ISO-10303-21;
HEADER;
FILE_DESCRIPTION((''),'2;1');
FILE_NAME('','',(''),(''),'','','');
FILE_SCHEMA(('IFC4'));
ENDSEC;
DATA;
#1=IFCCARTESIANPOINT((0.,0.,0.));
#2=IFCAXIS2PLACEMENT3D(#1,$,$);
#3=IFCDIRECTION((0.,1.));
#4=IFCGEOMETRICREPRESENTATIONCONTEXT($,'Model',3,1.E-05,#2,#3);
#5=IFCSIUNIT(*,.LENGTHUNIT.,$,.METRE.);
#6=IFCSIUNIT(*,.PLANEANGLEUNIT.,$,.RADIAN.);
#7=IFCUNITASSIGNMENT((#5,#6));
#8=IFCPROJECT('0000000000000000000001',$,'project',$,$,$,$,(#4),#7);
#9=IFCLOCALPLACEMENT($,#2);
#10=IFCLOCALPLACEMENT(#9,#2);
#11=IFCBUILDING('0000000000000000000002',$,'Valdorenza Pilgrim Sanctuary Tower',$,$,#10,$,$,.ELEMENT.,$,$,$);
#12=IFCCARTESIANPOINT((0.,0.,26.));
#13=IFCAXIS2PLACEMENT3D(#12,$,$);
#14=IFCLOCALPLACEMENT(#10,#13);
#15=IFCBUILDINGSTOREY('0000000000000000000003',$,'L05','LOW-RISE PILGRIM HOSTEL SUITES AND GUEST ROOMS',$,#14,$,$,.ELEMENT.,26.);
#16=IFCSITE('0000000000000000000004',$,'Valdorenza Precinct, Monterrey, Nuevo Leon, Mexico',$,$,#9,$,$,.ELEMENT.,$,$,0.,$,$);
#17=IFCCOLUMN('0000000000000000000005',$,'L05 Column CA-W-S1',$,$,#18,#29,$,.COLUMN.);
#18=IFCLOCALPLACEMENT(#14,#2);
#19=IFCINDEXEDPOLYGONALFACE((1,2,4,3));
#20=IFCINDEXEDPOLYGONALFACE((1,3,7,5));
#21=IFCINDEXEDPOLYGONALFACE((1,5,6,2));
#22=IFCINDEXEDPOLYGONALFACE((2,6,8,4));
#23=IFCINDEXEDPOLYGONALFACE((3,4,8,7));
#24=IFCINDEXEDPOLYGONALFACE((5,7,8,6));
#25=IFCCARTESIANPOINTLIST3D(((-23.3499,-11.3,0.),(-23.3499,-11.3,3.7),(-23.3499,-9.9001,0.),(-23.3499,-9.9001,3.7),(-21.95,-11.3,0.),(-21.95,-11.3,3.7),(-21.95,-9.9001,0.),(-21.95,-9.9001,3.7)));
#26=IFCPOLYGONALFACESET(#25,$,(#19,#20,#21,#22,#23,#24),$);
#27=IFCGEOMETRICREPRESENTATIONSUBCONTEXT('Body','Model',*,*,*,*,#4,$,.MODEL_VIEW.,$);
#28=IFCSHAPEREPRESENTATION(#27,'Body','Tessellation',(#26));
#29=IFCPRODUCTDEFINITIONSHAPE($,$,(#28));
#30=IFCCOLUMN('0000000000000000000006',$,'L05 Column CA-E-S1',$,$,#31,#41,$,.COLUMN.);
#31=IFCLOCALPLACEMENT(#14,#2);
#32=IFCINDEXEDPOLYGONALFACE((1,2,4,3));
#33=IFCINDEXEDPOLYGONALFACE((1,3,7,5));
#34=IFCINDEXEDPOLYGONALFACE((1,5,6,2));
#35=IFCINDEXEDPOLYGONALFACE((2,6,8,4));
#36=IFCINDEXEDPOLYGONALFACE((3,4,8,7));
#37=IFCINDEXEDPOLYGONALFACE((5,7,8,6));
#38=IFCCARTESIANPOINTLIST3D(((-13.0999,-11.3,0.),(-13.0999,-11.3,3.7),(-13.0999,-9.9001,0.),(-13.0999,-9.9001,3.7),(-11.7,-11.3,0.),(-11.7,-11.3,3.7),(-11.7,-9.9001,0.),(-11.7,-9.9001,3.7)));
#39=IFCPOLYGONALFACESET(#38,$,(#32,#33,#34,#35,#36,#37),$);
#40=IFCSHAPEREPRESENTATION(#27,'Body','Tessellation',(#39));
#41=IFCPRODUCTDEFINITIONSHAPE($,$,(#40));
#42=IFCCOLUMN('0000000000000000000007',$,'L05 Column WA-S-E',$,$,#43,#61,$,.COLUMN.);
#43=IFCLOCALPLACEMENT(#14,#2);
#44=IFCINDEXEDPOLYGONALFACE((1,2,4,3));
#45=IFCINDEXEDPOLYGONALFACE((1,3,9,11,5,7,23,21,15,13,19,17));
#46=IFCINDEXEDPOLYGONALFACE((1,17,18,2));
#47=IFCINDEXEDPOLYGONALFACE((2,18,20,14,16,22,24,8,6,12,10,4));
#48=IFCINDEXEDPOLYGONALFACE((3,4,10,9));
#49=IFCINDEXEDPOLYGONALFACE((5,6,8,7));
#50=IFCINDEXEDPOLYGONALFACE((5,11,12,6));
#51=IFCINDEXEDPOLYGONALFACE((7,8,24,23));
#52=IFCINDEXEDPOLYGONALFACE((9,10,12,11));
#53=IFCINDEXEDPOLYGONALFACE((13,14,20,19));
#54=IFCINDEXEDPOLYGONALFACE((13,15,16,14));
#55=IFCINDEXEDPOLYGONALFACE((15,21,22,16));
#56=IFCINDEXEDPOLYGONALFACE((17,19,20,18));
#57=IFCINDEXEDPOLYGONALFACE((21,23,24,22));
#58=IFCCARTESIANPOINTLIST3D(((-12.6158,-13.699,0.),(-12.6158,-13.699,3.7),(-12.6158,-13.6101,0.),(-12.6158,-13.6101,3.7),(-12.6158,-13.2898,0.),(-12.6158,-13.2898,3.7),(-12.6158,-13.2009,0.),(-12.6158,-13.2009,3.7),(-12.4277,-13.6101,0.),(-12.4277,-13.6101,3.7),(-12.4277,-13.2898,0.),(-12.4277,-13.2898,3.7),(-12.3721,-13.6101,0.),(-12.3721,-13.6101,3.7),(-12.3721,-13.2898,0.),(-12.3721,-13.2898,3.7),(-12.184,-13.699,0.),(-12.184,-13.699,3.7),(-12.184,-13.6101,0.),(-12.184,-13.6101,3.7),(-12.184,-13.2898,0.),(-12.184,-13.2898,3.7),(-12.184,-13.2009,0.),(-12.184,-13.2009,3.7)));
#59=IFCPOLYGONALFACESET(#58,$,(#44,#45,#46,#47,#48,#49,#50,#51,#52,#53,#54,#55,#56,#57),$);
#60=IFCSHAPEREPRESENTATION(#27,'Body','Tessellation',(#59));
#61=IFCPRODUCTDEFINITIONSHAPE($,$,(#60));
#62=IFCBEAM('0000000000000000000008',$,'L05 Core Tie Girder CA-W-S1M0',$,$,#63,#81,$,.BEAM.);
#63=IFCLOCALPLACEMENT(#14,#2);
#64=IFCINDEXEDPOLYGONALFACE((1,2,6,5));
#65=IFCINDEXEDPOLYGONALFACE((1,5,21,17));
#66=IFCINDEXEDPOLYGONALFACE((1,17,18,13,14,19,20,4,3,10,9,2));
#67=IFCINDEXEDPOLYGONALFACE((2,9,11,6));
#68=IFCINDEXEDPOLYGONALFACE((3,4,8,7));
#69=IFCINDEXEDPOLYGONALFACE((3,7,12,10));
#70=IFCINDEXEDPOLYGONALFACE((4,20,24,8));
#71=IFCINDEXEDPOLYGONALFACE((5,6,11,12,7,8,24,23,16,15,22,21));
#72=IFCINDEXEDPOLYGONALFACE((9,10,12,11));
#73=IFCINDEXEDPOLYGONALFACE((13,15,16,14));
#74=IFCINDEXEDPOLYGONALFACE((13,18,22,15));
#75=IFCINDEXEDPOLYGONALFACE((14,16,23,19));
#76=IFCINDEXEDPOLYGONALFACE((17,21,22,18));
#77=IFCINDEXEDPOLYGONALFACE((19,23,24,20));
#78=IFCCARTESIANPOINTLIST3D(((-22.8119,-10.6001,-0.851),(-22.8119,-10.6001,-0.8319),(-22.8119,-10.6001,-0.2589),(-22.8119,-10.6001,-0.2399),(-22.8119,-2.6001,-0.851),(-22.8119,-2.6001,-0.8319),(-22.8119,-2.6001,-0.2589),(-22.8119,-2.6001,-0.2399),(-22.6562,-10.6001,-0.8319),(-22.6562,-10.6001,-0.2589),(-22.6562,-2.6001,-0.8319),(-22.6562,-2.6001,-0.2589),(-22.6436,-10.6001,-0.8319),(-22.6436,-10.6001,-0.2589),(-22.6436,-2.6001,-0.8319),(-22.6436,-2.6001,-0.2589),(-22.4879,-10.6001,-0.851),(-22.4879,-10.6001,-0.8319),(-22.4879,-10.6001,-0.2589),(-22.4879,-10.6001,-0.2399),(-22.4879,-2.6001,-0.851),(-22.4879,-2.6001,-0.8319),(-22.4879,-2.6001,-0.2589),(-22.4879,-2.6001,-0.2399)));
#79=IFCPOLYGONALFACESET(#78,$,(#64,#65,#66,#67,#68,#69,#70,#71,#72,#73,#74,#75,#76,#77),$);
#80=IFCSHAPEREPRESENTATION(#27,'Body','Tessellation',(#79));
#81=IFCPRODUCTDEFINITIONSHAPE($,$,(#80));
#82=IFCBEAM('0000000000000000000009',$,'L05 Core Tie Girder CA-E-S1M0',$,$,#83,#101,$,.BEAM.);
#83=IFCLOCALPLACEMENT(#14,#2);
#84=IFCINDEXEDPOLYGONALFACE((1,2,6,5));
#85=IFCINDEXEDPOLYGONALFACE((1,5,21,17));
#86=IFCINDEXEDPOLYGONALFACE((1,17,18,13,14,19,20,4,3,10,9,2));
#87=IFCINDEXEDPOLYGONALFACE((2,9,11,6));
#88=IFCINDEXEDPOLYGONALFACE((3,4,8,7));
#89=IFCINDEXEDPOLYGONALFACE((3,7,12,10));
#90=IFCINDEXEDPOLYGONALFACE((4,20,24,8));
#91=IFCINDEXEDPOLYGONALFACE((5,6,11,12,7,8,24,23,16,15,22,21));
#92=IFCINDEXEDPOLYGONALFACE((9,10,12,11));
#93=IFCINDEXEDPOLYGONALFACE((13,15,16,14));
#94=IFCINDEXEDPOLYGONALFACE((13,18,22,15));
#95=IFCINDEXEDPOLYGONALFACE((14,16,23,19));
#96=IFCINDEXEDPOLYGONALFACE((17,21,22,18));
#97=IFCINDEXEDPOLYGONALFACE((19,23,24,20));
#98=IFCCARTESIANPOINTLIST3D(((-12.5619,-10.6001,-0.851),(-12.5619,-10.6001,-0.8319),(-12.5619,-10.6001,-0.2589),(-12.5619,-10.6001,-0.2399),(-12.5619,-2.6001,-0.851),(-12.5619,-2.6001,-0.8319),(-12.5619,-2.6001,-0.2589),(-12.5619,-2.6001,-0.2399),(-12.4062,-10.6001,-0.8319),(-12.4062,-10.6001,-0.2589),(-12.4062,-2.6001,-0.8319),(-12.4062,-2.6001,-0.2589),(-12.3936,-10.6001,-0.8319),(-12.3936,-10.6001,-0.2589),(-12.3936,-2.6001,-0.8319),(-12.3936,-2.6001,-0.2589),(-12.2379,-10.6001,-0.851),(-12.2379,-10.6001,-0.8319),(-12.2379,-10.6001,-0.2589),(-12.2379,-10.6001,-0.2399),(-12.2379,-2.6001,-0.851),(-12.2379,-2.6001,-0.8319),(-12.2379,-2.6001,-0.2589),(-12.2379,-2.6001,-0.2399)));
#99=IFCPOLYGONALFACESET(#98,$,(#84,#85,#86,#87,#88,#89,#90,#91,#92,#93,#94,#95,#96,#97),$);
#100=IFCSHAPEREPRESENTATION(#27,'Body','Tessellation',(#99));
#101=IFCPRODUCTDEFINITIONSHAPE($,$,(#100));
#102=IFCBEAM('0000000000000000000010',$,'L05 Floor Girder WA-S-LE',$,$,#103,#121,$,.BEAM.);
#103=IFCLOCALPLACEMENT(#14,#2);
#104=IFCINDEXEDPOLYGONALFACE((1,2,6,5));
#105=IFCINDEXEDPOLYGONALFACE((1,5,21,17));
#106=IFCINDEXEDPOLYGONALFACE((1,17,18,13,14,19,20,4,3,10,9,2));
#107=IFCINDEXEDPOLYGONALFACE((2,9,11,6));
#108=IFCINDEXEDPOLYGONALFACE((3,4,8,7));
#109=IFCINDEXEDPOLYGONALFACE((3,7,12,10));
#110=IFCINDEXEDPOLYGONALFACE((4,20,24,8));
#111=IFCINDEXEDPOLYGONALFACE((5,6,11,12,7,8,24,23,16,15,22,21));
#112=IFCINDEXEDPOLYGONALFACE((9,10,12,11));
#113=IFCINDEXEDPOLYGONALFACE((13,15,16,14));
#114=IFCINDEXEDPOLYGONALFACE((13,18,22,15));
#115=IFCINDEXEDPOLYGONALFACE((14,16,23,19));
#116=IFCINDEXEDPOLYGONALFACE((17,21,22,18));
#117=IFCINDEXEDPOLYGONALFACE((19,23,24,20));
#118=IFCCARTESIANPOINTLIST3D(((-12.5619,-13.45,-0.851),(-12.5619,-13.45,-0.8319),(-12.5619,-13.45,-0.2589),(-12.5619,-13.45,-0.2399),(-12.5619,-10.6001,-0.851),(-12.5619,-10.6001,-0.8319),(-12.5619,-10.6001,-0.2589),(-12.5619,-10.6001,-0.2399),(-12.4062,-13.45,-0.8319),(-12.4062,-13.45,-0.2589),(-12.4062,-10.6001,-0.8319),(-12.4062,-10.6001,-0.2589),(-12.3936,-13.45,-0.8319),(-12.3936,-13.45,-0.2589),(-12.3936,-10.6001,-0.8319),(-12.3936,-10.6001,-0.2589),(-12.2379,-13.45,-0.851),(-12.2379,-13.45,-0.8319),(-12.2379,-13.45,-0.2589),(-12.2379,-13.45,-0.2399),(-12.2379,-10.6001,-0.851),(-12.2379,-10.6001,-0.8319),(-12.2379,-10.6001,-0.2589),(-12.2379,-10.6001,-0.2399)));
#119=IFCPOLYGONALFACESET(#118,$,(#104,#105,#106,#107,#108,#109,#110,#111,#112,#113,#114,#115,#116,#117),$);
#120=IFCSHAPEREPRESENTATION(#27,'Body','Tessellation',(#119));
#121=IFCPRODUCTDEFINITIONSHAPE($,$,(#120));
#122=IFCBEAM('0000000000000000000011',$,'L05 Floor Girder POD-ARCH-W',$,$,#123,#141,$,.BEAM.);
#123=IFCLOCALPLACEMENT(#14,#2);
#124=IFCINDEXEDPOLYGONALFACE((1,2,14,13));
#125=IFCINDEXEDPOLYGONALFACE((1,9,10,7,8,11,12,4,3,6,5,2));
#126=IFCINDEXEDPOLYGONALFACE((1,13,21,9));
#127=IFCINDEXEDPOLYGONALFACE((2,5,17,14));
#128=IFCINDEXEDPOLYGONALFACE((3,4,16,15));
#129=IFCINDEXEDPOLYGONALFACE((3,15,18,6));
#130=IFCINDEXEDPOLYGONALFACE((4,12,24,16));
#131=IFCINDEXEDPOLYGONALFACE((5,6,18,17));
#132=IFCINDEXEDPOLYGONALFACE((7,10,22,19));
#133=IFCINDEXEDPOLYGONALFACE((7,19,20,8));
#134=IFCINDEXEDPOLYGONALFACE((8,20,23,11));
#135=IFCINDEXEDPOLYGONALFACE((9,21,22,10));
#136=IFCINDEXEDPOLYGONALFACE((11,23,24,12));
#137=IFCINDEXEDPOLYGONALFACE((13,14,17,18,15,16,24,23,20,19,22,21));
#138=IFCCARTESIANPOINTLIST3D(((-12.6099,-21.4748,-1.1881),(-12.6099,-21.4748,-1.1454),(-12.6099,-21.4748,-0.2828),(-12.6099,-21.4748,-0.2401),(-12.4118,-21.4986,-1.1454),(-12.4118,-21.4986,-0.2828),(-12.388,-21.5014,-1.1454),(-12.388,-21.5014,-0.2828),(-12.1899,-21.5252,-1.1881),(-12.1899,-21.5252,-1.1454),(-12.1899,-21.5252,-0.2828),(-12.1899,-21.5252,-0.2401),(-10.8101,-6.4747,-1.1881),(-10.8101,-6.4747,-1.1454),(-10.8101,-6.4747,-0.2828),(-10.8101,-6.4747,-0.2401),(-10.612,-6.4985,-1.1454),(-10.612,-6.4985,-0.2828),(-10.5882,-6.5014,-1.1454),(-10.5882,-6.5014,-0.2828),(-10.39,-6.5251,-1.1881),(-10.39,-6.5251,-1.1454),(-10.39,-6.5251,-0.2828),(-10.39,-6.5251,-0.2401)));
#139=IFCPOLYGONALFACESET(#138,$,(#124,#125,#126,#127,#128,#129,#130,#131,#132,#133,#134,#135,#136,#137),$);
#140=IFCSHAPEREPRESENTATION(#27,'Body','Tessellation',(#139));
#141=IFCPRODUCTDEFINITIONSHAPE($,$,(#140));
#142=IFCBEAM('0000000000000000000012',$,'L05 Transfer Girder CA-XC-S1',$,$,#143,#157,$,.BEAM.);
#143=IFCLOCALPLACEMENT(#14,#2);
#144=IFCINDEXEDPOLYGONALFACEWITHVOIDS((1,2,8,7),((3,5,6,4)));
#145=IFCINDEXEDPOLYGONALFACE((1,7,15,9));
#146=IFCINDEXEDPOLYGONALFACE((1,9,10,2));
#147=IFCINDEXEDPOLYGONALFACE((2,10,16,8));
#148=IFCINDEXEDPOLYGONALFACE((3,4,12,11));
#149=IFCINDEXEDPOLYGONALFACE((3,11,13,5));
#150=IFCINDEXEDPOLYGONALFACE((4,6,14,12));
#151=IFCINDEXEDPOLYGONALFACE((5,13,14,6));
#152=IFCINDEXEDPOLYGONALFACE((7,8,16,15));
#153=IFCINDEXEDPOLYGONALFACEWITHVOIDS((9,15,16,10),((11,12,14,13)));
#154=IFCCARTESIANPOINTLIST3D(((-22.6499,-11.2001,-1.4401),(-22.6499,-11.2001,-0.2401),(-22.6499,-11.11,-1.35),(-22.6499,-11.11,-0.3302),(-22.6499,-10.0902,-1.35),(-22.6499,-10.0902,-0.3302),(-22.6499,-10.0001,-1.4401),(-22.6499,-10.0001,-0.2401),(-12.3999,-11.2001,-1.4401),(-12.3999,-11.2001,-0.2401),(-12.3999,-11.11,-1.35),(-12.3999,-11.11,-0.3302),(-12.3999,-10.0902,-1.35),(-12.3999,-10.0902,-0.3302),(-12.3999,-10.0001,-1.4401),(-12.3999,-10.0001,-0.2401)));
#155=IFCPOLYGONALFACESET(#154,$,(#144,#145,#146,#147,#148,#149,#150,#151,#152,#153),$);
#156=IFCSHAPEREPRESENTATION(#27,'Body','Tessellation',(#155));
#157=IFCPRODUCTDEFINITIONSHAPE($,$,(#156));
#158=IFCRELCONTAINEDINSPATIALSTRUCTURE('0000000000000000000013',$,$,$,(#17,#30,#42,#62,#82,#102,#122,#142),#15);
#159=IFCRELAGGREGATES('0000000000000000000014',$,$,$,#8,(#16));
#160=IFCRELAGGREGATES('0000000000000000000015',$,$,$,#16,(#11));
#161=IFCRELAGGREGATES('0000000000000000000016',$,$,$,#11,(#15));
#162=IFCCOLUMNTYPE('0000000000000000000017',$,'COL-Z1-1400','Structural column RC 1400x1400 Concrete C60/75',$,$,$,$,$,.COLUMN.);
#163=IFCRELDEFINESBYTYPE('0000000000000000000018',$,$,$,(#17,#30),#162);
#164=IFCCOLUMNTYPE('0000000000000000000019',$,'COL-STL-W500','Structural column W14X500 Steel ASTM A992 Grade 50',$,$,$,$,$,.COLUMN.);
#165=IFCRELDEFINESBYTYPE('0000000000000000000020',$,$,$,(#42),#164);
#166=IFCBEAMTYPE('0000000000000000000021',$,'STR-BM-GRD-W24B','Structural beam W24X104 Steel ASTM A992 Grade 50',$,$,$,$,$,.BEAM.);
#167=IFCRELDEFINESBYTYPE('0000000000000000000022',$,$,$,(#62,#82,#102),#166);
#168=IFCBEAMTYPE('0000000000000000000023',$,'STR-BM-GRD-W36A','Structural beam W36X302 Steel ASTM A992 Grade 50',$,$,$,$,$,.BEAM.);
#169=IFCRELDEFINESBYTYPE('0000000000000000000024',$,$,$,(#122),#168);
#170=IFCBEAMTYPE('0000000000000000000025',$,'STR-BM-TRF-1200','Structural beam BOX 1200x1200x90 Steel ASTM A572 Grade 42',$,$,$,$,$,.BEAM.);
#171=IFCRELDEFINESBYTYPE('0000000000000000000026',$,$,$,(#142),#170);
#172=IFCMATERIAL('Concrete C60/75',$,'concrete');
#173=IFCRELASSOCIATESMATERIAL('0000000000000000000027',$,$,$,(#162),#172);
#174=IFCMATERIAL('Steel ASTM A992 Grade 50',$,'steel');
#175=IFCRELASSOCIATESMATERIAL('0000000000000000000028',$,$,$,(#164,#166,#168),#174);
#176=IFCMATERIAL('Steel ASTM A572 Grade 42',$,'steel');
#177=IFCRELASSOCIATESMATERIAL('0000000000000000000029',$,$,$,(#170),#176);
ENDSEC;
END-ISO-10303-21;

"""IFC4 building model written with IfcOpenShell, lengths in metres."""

from ifc_helpers import new_model, si_unit, direction, frame, origin, origin_2d, place, context, subcontext, project, spatial, rectangle, hollow_rectangle, i_section, extrude, source, transform, mapped, material, material_profile, profile_set, type_object, element, save


model = new_model("IFC4")

# Units and contexts
model_context = context("Model", 3, precision=1e-05, world=origin(), true_north=direction((0.0, 1.0)))
body_context = subcontext(model_context, "Body", "Model", "MODEL_VIEW")
ifc_project = project(units=[si_unit("LENGTHUNIT", "METRE"), si_unit("PLANEANGLEUNIT", "RADIAN")], contexts=[model_context])

# Site, building, storey
site_placement = place(None, origin())
site = spatial("IfcSite", under=ifc_project, at=site_placement, Name="Valdorenza Precinct, Monterrey, Nuevo Leon, Mexico", CompositionType="ELEMENT", RefElevation=0.0)
building_placement = place(site_placement, origin())
building = spatial("IfcBuilding", under=site, at=building_placement, Name="Valdorenza Pilgrim Sanctuary Tower", CompositionType="ELEMENT")
storey_placement = place(building_placement, frame((0.0, 0.0, 26.0)))
storey = spatial("IfcBuildingStorey", under=building, at=storey_placement, Name="L05", Description="LOW-RISE PILGRIM HOSTEL SUITES AND GUEST ROOMS", CompositionType="ELEMENT", Elevation=26.0)

# Columns
ifc_material_1 = material(Name="Concrete C60/75", Category="concrete")
ifc_material_profile_1 = material_profile(ifc_material_1, rectangle(XDim=1.3999, YDim=1.3999, at=origin_2d()), Name="RC 1400x1400")
ifc_profile_set_1 = profile_set([ifc_material_profile_1], Name="Concrete C60/75")
column_type_1 = type_object("IfcColumnType", Name="COL-Z1-1400", Description="Structural column RC 1400x1400 Concrete C60/75", PredefinedType="COLUMN", material=ifc_profile_set_1)
shared_shape_1 = source(origin(), body_context, "Body", "SweptSolid", [
    extrude(rectangle(XDim=1.3999, YDim=1.3999, at=origin_2d()), origin(), (0.0, 0.0, 1.0), 3.7),
])
for number, where, z_axis, x_axis, name in (
    (1, (-22.6499, -10.6001, 0.0), (0.0, 0.0, 1.0), (1.0, 0.0, 0.0), "L05 Column CA-W-S1"),
    (2, (-12.3999, -10.6001, 0.0), (0.0, 0.0, 1.0), (1.0, 0.0, 0.0), "L05 Column CA-E-S1"),
):
    element("IfcColumn", number, at=place(storey_placement, frame(where, z_axis=z_axis, x_axis=x_axis)), inside=storey, type_object=column_type_1, Name=name, PredefinedType="COLUMN", context=body_context, shape_type="MappedRepresentation", body=[
        mapped(shared_shape_1, transform((0.0, 0.0, 0.0), x_axis=(1.0, 0.0, 0.0), y_axis=(0.0, 1.0, 0.0), z_axis=(0.0, 0.0, 1.0), scale=1.0)),
    ])
ifc_material_2 = material(Name="Steel ASTM A992 Grade 50", Category="steel")
ifc_material_profile_2 = material_profile(ifc_material_2, i_section(OverallWidth=0.4319, OverallDepth=0.498, WebThickness=0.0557, FlangeThickness=0.0889, at=origin_2d()), Name="W14X500")
ifc_profile_set_2 = profile_set([ifc_material_profile_2], Name="Steel ASTM A992 Grade 50")
column_type_2 = type_object("IfcColumnType", Name="COL-STL-W500", Description="Structural column W14X500 Steel ASTM A992 Grade 50", PredefinedType="COLUMN", material=ifc_profile_set_2)
shared_shape_2 = source(origin(), body_context, "Body", "SweptSolid", [
    extrude(i_section(OverallWidth=0.4319, OverallDepth=0.498, WebThickness=0.0557, FlangeThickness=0.0889, at=origin_2d()), origin(), (0.0, 0.0, 1.0), 3.7),
])
column_placement = place(storey_placement, frame((-12.3999, -13.45, 0.0), z_axis=(0.0, 0.0, 1.0), x_axis=(1.0, 0.0, 0.0)))
element("IfcColumn", 3, at=column_placement, inside=storey, type_object=column_type_2, Name="L05 Column WA-S-E", PredefinedType="COLUMN", context=body_context, shape_type="MappedRepresentation", body=[
    mapped(shared_shape_2, transform((0.0, 0.0, 0.0), x_axis=(1.0, 0.0, 0.0), y_axis=(0.0, 1.0, 0.0), z_axis=(0.0, 0.0, 1.0), scale=1.0)),
])

# Beams
ifc_material_profile_3 = material_profile(ifc_material_2, i_section(OverallWidth=0.324, OverallDepth=0.6111, WebThickness=0.0127, FlangeThickness=0.019, at=origin_2d()), Name="W24X104")
ifc_profile_set_3 = profile_set([ifc_material_profile_3], Name="Steel ASTM A992 Grade 50")
beam_type_1 = type_object("IfcBeamType", Name="STR-BM-GRD-W24B", Description="Structural beam W24X104 Steel ASTM A992 Grade 50", PredefinedType="BEAM", material=ifc_profile_set_3)
shared_shape_3 = source(origin(), body_context, "Body", "SweptSolid", [
    extrude(i_section(OverallWidth=0.324, OverallDepth=0.6111, WebThickness=0.0127, FlangeThickness=0.019, at=origin_2d()), origin(), (0.0, 0.0, 1.0), 8.0),
])
for number, where, z_axis, x_axis, name in (
    (4, (-22.6499, -10.6001, -0.5454), (0.0, 1.0, 0.0), (-1.0, 0.0, 0.0), "L05 Core Tie Girder CA-W-S1M0"),
    (5, (-12.3999, -10.6001, -0.5454), (0.0, 1.0, 0.0), (-1.0, 0.0, 0.0), "L05 Core Tie Girder CA-E-S1M0"),
):
    element("IfcBeam", number, at=place(storey_placement, frame(where, z_axis=z_axis, x_axis=x_axis)), inside=storey, type_object=beam_type_1, Name=name, PredefinedType="BEAM", context=body_context, shape_type="MappedRepresentation", body=[
        mapped(shared_shape_3, transform((0.0, 0.0, 0.0), x_axis=(1.0, 0.0, 0.0), y_axis=(0.0, 1.0, 0.0), z_axis=(0.0, 0.0, 1.0), scale=1.0)),
    ])
shared_shape_4 = source(origin(), body_context, "Body", "SweptSolid", [
    extrude(i_section(OverallWidth=0.324, OverallDepth=0.6111, WebThickness=0.0127, FlangeThickness=0.019, at=origin_2d()), origin(), (0.0, 0.0, 1.0), 2.8499),
])
beam_1_placement = place(storey_placement, frame((-12.3999, -13.45, -0.5454), z_axis=(0.0, 1.0, 0.0), x_axis=(-1.0, 0.0, 0.0)))
element("IfcBeam", 6, at=beam_1_placement, inside=storey, type_object=beam_type_1, Name="L05 Floor Girder WA-S-LE", PredefinedType="BEAM", context=body_context, shape_type="MappedRepresentation", body=[
    mapped(shared_shape_4, transform((0.0, 0.0, 0.0), x_axis=(1.0, 0.0, 0.0), y_axis=(0.0, 1.0, 0.0), z_axis=(0.0, 0.0, 1.0), scale=1.0)),
])
ifc_material_profile_4 = material_profile(ifc_material_2, i_section(OverallWidth=0.4231, OverallDepth=0.948, WebThickness=0.0239, FlangeThickness=0.0427, at=origin_2d()), Name="W36X302")
ifc_profile_set_4 = profile_set([ifc_material_profile_4], Name="Steel ASTM A992 Grade 50")
beam_type_2 = type_object("IfcBeamType", Name="STR-BM-GRD-W36A", Description="Structural beam W36X302 Steel ASTM A992 Grade 50", PredefinedType="BEAM", material=ifc_profile_set_4)
shared_shape_5 = source(origin(), body_context, "Body", "SweptSolid", [
    extrude(i_section(OverallWidth=0.4231, OverallDepth=0.948, WebThickness=0.0239, FlangeThickness=0.0427, at=origin_2d()), origin(), (0.0, 0.0, 1.0), 15.1077),
])
beam_2_placement = place(storey_placement, frame((-12.3999, -21.5, -0.7141), z_axis=(0.119132, 0.992878, 0.0), x_axis=(-0.992878, 0.119132, 0.0)))
element("IfcBeam", 7, at=beam_2_placement, inside=storey, type_object=beam_type_2, Name="L05 Floor Girder POD-ARCH-W", PredefinedType="BEAM", context=body_context, shape_type="MappedRepresentation", body=[
    mapped(shared_shape_5, transform((0.0, 0.0, 0.0), x_axis=(1.0, 0.0, 0.0), y_axis=(0.0, 1.0, 0.0), z_axis=(0.0, 0.0, 1.0), scale=1.0)),
])
ifc_material_3 = material(Name="Steel ASTM A572 Grade 42", Category="steel")
ifc_material_profile_5 = material_profile(ifc_material_3, hollow_rectangle(XDim=1.2, YDim=1.2, WallThickness=0.0901, at=origin_2d()), Name="BOX 1200x1200x90")
ifc_profile_set_5 = profile_set([ifc_material_profile_5], Name="Steel ASTM A572 Grade 42")
beam_type_3 = type_object("IfcBeamType", Name="STR-BM-TRF-1200", Description="Structural beam BOX 1200x1200x90 Steel ASTM A572 Grade 42", PredefinedType="BEAM", material=ifc_profile_set_5)
shared_shape_6 = source(origin(), body_context, "Body", "SweptSolid", [
    extrude(hollow_rectangle(XDim=1.2, YDim=1.2, WallThickness=0.0901, at=origin_2d()), origin(), (0.0, 0.0, 1.0), 10.25),
])
beam_3_placement = place(storey_placement, frame((-22.6499, -10.6001, -0.8401), z_axis=(1.0, 0.0, 0.0), x_axis=(0.0, 1.0, 0.0)))
element("IfcBeam", 8, at=beam_3_placement, inside=storey, type_object=beam_type_3, Name="L05 Transfer Girder CA-XC-S1", PredefinedType="BEAM", context=body_context, shape_type="MappedRepresentation", body=[
    mapped(shared_shape_6, transform((0.0, 0.0, 0.0), x_axis=(1.0, 0.0, 0.0), y_axis=(0.0, 1.0, 0.0), z_axis=(0.0, 0.0, 1.0), scale=1.0)),
])

save(model, "model.ifc")
